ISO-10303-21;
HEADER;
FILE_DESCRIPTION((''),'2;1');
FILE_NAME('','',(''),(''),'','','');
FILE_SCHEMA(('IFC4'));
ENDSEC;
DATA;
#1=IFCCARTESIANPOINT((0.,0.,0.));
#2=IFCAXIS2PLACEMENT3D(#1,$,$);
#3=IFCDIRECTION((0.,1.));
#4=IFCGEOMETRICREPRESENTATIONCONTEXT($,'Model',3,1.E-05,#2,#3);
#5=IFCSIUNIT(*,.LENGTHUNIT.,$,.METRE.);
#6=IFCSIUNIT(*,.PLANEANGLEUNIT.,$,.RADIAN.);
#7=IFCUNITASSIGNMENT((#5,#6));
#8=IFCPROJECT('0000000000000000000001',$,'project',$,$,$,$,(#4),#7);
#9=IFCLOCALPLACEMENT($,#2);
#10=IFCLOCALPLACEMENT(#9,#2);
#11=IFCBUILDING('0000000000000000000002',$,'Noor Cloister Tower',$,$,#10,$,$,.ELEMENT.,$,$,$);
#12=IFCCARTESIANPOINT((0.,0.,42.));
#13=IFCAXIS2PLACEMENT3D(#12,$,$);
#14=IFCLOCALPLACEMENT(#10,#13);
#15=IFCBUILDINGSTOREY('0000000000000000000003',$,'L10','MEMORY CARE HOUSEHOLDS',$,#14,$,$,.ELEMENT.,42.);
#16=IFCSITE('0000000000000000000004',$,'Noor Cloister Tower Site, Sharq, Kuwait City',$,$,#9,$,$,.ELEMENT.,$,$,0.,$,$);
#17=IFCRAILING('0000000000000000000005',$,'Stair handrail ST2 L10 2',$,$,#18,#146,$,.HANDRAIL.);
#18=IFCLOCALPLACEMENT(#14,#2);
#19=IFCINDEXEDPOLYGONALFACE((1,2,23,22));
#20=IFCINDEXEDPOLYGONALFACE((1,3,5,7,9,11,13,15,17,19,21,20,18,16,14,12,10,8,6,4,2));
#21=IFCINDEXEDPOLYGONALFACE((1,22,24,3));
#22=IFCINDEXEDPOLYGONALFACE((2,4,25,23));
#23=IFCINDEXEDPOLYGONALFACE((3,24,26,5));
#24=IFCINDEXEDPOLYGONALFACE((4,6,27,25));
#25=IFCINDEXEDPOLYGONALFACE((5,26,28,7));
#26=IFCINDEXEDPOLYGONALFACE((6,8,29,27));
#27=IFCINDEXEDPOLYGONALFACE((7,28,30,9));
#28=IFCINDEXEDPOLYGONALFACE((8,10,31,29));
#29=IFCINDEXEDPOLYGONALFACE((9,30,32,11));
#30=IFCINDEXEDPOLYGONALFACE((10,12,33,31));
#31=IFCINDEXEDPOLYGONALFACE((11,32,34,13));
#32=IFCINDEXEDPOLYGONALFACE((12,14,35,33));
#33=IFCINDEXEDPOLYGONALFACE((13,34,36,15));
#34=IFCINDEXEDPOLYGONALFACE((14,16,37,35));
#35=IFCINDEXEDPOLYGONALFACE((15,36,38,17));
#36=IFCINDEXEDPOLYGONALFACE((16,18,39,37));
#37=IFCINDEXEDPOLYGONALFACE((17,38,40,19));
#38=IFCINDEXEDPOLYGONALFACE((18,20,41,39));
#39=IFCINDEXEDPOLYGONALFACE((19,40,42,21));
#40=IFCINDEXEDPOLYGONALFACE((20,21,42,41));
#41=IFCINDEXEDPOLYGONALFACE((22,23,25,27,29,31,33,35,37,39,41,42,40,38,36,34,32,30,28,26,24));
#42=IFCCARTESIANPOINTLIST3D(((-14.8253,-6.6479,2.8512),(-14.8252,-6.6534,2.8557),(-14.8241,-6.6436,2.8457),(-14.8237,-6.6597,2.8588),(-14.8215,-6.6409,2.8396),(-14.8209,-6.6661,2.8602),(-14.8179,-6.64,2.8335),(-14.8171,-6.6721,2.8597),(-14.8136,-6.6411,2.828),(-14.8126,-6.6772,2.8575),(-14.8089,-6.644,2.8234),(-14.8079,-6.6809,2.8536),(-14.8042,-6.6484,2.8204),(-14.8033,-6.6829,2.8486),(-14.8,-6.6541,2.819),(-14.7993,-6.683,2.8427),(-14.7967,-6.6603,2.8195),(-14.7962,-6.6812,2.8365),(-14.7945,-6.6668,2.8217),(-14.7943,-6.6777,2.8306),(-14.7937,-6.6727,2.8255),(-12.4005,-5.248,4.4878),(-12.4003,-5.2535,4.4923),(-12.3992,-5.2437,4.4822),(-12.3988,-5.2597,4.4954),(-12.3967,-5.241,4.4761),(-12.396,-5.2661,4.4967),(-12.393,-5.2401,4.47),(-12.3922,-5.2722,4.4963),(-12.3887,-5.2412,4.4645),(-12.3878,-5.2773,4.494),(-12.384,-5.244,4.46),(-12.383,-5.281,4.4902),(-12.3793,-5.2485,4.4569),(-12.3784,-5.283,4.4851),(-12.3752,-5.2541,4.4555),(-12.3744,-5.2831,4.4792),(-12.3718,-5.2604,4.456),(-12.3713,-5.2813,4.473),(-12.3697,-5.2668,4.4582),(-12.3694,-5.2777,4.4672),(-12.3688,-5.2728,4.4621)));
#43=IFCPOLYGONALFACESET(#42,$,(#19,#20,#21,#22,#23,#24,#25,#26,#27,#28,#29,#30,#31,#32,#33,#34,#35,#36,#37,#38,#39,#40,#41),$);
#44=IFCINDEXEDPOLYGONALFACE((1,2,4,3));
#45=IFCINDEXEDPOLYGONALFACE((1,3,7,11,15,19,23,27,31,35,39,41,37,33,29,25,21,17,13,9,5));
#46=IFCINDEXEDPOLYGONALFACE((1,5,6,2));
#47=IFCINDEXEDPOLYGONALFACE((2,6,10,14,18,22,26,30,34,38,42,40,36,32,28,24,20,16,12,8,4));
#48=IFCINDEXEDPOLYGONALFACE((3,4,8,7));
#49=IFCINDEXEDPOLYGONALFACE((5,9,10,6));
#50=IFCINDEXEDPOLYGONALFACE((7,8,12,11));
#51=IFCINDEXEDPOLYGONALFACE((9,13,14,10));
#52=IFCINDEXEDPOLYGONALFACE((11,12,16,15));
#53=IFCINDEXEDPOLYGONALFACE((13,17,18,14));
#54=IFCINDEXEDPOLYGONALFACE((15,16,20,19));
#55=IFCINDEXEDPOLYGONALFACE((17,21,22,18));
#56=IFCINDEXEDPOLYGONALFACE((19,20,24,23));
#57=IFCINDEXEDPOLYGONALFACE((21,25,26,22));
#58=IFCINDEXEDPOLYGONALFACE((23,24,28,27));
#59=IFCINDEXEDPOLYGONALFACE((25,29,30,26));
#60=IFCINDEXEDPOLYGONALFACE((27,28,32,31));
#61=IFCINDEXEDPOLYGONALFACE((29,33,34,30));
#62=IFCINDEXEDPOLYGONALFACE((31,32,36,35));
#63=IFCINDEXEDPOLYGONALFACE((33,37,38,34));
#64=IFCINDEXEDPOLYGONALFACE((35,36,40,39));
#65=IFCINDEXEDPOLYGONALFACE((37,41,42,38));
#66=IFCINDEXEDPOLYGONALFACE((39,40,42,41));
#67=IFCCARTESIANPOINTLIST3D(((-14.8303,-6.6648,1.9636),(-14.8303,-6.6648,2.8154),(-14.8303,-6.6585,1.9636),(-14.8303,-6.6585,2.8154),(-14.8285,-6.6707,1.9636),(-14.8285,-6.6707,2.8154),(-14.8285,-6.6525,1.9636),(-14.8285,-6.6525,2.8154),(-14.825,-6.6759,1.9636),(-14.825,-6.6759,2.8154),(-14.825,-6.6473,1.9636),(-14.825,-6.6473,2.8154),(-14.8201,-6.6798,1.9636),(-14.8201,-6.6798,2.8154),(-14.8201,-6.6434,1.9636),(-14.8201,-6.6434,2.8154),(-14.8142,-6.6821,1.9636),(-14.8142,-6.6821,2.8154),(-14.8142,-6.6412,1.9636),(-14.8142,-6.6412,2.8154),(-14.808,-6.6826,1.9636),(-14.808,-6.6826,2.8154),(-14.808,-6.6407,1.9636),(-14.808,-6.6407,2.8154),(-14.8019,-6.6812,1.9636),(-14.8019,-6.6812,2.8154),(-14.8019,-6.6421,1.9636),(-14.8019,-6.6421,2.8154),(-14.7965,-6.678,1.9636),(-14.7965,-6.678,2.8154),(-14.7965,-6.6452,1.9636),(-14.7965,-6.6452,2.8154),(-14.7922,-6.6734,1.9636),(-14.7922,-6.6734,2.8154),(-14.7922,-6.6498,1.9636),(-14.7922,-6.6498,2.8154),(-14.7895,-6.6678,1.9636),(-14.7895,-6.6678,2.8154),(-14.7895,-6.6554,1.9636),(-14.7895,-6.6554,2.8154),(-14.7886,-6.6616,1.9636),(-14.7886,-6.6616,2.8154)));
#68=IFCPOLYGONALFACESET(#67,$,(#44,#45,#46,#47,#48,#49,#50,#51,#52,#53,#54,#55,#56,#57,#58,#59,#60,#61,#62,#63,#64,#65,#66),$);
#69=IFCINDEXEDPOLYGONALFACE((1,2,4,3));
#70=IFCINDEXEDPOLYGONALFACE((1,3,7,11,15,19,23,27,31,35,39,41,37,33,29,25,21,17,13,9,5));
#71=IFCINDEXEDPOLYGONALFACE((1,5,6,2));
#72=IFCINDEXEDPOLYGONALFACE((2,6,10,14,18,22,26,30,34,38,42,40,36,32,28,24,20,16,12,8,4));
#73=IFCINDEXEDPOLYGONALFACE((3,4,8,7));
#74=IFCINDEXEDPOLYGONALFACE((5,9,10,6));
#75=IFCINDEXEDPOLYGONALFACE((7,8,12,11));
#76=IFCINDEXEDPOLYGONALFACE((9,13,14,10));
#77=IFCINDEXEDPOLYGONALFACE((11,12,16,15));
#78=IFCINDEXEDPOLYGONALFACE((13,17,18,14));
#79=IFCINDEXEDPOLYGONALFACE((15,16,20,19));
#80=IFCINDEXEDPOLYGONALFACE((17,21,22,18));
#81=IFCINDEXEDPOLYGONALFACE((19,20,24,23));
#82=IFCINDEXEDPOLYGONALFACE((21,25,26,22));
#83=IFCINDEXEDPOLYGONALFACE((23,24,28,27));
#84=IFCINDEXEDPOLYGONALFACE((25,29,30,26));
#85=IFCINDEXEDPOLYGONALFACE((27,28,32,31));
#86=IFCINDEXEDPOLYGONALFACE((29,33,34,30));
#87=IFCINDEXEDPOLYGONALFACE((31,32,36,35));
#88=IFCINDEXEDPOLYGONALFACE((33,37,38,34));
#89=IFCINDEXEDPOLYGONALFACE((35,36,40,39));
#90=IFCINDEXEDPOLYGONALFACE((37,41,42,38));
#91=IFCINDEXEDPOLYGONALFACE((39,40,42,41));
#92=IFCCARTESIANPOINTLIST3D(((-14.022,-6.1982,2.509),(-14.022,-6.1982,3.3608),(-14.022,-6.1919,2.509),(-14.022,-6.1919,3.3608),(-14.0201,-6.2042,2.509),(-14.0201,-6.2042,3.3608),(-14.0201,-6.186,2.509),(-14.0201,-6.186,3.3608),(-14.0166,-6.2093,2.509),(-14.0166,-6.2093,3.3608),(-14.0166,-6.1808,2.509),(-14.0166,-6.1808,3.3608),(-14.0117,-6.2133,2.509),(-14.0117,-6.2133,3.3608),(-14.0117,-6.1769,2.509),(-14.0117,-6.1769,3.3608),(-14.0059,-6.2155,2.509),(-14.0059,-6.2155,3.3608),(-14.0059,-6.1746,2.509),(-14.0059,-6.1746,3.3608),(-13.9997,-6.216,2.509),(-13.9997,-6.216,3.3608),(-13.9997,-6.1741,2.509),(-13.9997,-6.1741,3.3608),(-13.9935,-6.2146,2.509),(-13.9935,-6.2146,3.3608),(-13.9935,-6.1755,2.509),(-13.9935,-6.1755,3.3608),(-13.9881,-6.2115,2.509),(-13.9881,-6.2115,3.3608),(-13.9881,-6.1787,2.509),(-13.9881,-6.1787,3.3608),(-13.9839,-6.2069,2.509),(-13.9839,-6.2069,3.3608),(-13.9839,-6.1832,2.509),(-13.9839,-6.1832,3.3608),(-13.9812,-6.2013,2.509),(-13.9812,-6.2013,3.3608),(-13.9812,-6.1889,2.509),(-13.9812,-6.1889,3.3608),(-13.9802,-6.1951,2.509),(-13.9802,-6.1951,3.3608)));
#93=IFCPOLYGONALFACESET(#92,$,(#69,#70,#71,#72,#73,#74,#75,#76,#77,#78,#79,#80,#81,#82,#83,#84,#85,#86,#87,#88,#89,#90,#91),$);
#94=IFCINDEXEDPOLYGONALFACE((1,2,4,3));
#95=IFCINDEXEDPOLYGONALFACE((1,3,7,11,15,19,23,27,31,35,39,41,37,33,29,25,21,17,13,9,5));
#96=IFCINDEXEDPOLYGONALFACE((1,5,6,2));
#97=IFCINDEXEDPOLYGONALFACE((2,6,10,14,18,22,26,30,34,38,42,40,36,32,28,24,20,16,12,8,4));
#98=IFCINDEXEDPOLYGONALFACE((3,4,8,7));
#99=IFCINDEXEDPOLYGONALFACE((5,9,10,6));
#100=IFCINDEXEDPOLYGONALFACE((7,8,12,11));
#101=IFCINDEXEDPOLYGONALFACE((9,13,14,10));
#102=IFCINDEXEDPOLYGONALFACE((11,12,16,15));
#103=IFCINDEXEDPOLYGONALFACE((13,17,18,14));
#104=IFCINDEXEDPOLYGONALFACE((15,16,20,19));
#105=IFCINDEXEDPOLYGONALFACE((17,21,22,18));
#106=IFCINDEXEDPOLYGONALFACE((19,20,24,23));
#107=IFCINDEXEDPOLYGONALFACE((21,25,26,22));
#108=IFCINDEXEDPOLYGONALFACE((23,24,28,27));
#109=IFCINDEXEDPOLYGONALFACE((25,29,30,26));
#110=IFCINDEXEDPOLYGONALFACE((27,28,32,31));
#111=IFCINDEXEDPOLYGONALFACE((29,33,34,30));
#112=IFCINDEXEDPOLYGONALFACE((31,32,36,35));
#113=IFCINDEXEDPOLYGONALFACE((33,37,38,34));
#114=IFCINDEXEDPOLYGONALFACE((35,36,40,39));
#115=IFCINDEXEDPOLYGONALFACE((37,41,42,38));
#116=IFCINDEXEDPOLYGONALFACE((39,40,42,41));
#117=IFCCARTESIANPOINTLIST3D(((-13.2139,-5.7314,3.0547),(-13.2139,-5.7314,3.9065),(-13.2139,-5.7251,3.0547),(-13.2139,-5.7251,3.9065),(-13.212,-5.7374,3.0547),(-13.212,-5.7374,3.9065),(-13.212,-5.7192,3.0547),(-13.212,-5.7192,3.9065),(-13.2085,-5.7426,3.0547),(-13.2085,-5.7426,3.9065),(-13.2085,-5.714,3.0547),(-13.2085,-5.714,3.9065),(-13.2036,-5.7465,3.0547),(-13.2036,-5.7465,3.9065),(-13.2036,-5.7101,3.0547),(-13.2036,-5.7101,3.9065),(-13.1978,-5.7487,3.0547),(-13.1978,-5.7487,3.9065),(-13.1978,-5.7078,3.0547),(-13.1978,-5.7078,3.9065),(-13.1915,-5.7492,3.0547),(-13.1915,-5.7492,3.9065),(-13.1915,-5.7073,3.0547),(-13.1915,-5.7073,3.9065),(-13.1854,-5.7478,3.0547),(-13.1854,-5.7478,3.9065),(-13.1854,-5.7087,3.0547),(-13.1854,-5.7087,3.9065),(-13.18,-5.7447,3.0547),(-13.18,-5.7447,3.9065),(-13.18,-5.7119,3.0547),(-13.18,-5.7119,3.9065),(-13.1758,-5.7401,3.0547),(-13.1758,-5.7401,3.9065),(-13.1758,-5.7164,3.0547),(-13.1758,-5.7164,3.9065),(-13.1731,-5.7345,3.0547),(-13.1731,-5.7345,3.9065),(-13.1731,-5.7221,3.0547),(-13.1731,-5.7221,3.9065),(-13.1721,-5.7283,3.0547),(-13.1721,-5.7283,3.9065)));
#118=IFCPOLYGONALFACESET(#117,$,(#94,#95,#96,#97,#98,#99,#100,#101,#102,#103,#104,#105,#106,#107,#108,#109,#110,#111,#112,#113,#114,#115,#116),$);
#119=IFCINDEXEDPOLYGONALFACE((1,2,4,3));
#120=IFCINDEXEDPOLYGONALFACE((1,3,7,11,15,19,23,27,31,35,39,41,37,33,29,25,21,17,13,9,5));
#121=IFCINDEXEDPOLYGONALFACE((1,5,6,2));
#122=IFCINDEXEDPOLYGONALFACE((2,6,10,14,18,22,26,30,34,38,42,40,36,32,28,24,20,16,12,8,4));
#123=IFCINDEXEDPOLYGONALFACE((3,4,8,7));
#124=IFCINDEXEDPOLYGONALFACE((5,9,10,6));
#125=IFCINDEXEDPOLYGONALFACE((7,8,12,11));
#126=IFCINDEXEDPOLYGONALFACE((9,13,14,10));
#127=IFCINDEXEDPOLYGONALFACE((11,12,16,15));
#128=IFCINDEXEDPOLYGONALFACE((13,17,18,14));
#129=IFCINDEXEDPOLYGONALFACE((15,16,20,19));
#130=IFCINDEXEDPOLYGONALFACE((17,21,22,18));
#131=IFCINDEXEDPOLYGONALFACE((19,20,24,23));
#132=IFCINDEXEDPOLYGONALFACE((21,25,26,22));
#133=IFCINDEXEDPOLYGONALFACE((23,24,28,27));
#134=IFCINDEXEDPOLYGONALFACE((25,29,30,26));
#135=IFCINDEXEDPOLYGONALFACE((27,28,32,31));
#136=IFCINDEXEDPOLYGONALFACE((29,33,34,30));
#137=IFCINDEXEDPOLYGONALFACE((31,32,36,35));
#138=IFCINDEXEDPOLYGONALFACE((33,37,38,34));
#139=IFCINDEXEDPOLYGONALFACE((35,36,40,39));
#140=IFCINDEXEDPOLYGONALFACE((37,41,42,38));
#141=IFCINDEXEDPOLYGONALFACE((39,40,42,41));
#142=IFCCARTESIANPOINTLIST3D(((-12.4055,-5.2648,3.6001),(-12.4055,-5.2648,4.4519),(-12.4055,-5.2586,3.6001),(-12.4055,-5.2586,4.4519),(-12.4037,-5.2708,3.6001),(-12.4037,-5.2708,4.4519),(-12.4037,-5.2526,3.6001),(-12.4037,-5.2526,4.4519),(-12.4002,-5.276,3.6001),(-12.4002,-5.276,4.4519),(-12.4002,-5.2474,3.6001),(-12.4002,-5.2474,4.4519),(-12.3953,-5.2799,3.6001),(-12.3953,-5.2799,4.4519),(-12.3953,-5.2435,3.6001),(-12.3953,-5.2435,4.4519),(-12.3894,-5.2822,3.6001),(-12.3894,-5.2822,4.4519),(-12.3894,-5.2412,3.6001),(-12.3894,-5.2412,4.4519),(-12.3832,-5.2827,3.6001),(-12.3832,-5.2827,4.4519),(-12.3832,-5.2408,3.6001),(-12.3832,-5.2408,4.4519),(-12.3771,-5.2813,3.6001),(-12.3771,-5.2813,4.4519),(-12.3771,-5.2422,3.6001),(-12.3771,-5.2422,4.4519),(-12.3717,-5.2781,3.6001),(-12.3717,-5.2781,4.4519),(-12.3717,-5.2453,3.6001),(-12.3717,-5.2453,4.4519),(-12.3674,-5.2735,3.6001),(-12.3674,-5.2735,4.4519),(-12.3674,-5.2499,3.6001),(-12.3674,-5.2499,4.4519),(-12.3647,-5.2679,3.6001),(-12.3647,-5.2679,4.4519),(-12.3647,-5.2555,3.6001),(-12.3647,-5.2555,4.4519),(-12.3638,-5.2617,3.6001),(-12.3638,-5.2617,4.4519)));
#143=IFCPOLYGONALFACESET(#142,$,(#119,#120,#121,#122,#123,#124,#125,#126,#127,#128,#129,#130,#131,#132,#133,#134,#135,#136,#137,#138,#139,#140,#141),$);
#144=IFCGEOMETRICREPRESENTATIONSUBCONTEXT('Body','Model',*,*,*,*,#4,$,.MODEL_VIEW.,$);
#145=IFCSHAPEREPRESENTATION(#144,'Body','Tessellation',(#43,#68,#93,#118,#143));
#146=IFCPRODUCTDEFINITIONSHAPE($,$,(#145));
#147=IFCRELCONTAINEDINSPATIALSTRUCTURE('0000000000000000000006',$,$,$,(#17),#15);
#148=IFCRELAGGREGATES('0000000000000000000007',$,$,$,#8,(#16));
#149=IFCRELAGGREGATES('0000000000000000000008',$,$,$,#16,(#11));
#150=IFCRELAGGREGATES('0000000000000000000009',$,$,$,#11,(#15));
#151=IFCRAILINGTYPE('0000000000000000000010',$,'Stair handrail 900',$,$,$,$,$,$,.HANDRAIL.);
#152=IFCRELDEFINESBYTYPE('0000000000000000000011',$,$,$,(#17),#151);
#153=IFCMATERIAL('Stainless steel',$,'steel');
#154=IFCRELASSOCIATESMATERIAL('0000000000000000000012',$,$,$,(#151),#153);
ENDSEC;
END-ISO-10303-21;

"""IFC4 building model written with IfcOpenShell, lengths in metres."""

from ifc_helpers import new_model, si_unit, direction, frame, origin, origin_2d, place, context, subcontext, project, spatial, circle, extrude, material, type_object, element, save


model = new_model("IFC4")

# Units and contexts
model_context = context("Model", 3, precision=1e-05, world=origin(), true_north=direction((0.0, 1.0)))
body_context = subcontext(model_context, "Body", "Model", "MODEL_VIEW")
ifc_project = project(units=[si_unit("LENGTHUNIT", "METRE"), si_unit("PLANEANGLEUNIT", "RADIAN")], contexts=[model_context])

# Site, building, storey
site_placement = place(None, origin())
site = spatial("IfcSite", under=ifc_project, at=site_placement, Name="Noor Cloister Tower Site, Sharq, Kuwait City", CompositionType="ELEMENT", RefElevation=0.0)
building_placement = place(site_placement, origin())
building = spatial("IfcBuilding", under=site, at=building_placement, Name="Noor Cloister Tower", CompositionType="ELEMENT")
storey_placement = place(building_placement, frame((0.0, 0.0, 42.0)))
storey = spatial("IfcBuildingStorey", under=building, at=storey_placement, Name="L10", Description="MEMORY CARE HOUSEHOLDS", CompositionType="ELEMENT", Elevation=42.0)

# Railing
ifc_material_1 = material(Name="Stainless steel", Category="steel")
railing_type = type_object("IfcRailingType", Name="Stair handrail 900", PredefinedType="HANDRAIL", material=ifc_material_1)
railing_1_placement = place(storey_placement, frame((-14.8096, -6.6616, 1.9636)))
element("IfcRailing", 1, at=railing_1_placement, inside=storey, type_object=railing_type, Name="Stair handrail ST2 L10 2", PredefinedType="HANDRAIL", context=body_context, shape_type="SweptSolid", body=[
    extrude(circle(Radius=0.0239, at=origin_2d()), frame((0.0, 0.0, 0.876), z_axis=(0.74769, 0.431661, 0.504608), x_axis=(-0.499984, 0.866035, 0.0)), (0.0, 0.0, 1.0), 3.2432),
    extrude(circle(Radius=0.021, at=origin_2d()), origin(), (0.0, 0.0, 1.0), 0.8518),
    extrude(circle(Radius=0.021, at=origin_2d()), frame((0.8083, 0.4666, 0.5454)), (0.0, 0.0, 1.0), 0.8518),
    extrude(circle(Radius=0.021, at=origin_2d()), frame((1.6165, 0.9333, 1.0911)), (0.0, 0.0, 1.0), 0.8518),
    extrude(circle(Radius=0.021, at=origin_2d()), frame((2.4248, 1.3999, 1.6365)), (0.0, 0.0, 1.0), 0.8518),
])

save(model, "model.ifc")
